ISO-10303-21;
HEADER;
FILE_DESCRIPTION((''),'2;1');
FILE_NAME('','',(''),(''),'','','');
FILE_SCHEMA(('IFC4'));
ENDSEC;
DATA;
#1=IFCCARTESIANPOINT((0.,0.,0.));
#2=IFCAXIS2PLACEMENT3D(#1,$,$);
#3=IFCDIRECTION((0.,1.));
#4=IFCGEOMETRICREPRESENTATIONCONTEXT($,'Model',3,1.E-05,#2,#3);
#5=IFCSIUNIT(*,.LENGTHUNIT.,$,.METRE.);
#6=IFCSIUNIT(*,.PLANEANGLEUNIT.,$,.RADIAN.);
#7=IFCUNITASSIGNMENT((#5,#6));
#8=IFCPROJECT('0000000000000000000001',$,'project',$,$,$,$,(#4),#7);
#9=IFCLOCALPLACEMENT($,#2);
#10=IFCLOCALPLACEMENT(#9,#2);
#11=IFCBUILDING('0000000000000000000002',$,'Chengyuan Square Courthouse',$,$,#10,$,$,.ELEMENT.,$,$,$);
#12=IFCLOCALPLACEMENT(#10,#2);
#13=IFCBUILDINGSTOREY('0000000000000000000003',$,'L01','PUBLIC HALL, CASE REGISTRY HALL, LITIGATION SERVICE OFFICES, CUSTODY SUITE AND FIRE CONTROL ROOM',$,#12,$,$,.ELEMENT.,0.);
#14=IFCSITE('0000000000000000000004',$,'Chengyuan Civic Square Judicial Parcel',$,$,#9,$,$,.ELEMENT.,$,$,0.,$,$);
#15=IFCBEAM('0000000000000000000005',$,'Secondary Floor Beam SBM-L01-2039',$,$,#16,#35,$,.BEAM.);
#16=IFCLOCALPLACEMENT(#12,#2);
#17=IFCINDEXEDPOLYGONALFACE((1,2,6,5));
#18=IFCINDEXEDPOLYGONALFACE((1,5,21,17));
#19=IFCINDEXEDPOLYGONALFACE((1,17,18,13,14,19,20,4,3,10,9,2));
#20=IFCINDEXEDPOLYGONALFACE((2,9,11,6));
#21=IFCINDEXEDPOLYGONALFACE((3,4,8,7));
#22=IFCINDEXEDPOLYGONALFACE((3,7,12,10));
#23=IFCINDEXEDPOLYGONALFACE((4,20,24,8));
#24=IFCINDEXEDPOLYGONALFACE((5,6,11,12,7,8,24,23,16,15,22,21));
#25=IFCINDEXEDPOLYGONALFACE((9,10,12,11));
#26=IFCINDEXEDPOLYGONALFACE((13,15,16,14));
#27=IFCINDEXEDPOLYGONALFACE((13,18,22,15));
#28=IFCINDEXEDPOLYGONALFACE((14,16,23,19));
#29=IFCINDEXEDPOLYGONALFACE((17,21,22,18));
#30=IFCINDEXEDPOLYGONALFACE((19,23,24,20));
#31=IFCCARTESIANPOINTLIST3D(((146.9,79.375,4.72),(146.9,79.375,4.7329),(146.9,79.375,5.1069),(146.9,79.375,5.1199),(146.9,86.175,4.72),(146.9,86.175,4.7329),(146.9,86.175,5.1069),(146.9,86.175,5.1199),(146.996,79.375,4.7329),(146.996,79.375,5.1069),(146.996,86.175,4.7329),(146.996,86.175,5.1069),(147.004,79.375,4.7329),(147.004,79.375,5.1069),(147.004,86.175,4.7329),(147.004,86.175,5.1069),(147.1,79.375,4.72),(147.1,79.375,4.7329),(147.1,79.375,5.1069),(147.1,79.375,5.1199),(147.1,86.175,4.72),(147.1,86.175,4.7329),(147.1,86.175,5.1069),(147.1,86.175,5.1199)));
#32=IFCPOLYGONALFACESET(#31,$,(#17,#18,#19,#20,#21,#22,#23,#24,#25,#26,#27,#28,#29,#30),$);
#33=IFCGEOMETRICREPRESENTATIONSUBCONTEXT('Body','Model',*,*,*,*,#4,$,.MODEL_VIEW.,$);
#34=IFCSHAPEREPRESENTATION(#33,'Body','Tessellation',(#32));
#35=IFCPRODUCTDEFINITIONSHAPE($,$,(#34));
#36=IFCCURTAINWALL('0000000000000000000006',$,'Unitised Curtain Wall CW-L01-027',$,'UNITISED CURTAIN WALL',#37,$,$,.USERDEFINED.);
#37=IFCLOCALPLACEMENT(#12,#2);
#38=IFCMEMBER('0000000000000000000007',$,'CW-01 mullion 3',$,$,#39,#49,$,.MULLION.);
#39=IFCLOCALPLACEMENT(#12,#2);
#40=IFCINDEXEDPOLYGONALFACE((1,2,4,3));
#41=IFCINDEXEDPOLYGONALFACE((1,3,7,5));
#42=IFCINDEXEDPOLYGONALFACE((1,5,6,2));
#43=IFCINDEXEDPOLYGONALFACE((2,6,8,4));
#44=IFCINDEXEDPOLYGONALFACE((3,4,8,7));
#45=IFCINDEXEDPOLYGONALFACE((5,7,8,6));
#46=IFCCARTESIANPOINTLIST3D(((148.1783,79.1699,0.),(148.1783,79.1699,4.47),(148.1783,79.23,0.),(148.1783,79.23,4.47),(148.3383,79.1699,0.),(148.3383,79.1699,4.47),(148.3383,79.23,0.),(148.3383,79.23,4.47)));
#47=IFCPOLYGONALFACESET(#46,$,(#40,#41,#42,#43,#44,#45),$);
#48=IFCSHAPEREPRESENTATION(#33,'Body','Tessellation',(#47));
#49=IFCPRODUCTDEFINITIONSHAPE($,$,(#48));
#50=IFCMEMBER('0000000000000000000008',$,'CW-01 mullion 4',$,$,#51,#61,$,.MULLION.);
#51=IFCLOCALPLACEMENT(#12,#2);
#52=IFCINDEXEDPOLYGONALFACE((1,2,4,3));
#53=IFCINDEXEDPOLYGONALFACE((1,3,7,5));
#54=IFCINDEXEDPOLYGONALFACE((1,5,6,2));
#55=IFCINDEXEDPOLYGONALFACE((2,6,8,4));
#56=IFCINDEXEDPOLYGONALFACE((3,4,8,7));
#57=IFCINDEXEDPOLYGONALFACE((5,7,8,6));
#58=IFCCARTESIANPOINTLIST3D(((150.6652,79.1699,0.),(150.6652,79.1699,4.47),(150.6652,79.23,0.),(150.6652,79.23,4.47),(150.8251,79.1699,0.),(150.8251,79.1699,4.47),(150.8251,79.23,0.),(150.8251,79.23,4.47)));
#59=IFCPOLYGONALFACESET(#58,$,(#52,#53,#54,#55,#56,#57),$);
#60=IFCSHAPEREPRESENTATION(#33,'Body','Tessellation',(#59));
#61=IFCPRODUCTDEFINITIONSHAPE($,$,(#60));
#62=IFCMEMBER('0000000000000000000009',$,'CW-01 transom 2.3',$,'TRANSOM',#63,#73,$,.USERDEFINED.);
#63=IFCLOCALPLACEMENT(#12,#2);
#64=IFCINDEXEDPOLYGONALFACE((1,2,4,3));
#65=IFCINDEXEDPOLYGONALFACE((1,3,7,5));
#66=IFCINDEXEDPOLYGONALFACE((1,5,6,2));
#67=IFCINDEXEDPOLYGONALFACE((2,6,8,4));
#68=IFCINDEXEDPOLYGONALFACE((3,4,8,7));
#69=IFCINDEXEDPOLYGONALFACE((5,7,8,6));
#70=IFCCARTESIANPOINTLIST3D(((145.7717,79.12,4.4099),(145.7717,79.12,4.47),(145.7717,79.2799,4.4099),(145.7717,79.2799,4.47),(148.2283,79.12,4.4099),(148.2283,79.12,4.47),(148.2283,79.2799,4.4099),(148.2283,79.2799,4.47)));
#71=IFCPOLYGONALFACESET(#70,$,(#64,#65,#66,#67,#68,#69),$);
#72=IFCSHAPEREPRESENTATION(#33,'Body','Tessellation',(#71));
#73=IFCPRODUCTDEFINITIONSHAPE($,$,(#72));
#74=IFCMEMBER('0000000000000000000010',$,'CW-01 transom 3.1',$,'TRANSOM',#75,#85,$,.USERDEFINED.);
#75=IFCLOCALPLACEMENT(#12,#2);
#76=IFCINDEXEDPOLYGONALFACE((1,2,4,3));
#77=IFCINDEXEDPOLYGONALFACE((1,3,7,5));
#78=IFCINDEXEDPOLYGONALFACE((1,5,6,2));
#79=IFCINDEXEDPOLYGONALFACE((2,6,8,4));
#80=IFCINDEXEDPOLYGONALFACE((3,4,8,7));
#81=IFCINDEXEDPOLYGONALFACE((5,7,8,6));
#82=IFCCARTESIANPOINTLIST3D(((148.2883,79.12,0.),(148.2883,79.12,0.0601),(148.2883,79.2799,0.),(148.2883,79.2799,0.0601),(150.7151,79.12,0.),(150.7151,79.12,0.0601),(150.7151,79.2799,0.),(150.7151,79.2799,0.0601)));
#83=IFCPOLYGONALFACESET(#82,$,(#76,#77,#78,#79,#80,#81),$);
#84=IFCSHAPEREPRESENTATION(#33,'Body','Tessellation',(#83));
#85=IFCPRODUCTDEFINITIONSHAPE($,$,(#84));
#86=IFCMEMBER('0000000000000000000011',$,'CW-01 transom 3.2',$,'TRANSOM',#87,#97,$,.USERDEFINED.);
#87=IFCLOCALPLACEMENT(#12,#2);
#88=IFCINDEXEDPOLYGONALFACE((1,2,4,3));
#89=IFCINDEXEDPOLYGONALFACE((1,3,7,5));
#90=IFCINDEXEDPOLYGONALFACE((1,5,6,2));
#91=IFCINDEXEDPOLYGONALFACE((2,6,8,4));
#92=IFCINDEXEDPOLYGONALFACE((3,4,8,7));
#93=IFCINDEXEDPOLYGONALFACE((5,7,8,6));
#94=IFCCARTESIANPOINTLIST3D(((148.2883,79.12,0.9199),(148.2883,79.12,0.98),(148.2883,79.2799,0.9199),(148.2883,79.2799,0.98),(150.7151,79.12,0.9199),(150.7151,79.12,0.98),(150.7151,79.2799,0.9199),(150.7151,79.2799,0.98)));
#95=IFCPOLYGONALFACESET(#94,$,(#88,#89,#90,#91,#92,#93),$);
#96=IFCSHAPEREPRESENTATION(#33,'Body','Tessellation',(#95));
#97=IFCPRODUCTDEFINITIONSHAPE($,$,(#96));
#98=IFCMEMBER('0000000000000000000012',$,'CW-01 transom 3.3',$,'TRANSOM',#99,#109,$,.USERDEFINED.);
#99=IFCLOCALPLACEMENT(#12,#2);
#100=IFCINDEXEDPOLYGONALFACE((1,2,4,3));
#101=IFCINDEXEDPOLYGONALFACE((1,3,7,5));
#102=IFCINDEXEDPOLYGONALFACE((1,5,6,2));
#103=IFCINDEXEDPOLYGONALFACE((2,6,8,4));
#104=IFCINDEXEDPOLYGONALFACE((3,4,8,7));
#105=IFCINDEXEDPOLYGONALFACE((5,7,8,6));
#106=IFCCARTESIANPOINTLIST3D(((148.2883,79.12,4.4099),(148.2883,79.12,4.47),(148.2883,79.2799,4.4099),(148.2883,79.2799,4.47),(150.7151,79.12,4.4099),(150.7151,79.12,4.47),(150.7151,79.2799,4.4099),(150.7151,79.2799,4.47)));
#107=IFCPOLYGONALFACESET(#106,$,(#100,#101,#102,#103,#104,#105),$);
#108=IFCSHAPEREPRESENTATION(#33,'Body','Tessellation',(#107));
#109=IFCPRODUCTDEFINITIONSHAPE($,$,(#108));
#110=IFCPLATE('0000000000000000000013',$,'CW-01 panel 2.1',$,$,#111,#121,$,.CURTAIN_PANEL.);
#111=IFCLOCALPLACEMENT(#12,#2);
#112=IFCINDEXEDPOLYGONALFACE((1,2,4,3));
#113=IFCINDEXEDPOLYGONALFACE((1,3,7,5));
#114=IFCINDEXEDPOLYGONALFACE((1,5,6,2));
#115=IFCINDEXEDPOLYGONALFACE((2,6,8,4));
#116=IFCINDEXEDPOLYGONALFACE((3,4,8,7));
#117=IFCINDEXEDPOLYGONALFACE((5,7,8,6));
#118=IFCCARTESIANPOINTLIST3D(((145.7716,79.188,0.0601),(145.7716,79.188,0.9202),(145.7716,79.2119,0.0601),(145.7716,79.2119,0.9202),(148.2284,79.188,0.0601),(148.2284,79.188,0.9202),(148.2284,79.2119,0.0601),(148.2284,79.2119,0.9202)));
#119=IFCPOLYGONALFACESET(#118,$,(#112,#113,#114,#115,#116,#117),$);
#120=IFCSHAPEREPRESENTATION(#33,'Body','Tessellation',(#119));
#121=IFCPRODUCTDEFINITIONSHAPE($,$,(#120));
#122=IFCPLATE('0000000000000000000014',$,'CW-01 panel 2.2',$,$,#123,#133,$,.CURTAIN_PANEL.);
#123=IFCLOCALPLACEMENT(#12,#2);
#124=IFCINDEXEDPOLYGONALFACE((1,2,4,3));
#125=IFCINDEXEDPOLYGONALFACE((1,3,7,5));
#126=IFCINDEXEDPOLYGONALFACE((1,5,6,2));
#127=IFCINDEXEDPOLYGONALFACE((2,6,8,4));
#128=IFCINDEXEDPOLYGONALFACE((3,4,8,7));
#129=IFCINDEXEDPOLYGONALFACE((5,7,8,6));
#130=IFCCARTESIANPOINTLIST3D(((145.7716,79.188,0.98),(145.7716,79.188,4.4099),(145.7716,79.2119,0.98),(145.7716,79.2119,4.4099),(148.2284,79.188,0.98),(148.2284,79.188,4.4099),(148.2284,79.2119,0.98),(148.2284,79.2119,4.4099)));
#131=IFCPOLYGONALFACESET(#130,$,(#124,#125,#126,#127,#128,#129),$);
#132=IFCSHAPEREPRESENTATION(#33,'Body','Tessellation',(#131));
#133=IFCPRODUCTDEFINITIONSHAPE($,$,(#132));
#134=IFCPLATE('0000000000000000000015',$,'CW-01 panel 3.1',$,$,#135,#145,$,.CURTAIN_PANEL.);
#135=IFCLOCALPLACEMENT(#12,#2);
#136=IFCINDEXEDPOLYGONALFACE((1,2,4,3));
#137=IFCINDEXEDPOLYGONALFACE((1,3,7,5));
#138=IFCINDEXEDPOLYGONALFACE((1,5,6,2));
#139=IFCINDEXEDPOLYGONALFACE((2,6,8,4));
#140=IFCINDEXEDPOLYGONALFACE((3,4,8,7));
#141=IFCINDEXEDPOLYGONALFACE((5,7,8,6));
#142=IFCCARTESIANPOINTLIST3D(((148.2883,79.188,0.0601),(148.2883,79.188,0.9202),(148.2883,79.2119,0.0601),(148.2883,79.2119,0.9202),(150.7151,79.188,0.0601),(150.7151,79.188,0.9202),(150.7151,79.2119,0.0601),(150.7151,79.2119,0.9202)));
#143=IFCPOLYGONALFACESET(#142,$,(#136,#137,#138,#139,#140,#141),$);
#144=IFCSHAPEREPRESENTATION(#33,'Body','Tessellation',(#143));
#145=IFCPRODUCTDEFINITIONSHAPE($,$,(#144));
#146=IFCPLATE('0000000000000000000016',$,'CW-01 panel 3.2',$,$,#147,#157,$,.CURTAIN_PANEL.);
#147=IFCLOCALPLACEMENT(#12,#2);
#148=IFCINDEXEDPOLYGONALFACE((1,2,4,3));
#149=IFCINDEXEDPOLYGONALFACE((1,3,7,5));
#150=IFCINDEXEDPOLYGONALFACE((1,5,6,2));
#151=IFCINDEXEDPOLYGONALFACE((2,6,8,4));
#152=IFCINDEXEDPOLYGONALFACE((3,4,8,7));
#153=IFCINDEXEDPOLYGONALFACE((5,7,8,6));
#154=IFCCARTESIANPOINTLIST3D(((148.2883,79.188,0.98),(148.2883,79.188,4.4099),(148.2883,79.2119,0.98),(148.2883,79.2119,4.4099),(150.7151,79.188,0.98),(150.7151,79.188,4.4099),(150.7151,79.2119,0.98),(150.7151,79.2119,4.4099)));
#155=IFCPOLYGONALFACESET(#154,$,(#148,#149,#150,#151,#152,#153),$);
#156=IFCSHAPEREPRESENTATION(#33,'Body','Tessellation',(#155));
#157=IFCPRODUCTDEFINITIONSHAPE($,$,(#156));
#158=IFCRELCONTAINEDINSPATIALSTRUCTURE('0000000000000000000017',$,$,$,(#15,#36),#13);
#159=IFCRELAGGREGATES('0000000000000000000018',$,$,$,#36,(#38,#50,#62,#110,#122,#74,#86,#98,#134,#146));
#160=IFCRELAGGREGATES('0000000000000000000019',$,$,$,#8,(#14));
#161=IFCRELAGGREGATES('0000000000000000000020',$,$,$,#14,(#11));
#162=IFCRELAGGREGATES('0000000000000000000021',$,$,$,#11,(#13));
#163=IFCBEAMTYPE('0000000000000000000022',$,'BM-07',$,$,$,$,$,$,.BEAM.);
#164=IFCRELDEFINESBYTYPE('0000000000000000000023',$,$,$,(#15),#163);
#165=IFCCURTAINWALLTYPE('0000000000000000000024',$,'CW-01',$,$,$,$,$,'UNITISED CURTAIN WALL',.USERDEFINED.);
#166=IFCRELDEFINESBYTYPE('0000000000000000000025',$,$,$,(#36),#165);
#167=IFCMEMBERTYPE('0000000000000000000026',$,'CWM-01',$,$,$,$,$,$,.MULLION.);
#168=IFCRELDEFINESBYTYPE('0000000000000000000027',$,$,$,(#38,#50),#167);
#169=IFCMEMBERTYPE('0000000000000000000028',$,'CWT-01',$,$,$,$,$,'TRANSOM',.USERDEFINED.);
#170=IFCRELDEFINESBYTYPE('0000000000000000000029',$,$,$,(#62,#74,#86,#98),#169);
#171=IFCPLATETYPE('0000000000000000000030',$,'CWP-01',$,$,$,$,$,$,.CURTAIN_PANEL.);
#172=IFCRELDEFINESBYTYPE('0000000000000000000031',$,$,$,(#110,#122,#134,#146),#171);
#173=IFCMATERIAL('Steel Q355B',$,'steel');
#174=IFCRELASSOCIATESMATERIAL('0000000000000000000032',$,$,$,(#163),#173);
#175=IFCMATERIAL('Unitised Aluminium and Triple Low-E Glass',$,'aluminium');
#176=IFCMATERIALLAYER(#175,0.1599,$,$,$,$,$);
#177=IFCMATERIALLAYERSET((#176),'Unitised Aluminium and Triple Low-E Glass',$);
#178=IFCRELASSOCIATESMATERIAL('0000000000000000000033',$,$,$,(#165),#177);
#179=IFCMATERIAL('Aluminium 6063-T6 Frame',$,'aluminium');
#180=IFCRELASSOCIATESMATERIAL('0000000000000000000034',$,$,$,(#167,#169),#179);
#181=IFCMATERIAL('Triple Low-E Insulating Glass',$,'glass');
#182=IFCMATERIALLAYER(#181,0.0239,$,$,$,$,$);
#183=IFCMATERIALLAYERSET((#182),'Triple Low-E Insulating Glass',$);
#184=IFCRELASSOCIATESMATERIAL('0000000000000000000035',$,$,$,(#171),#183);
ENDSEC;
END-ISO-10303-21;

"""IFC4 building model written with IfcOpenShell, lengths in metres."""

from ifc_helpers import new_model, si_unit, direction, frame, origin, origin_2d, place, context, subcontext, project, spatial, rectangle, i_section, extrude, material, layer, layer_set, material_profile, profile_set, type_object, element, aggregate, save


model = new_model("IFC4")

# Units and contexts
model_context = context("Model", 3, precision=1e-05, world=origin(), true_north=direction((0.0, 1.0)))
body_context = subcontext(model_context, "Body", "Model", "MODEL_VIEW")
ifc_project = project(units=[si_unit("LENGTHUNIT", "METRE"), si_unit("PLANEANGLEUNIT", "RADIAN")], contexts=[model_context])

# Site, building, storey
site_placement = place(None, origin())
site = spatial("IfcSite", under=ifc_project, at=site_placement, Name="Chengyuan Civic Square Judicial Parcel", CompositionType="ELEMENT", RefElevation=0.0)
building_placement = place(site_placement, origin())
building = spatial("IfcBuilding", under=site, at=building_placement, Name="Chengyuan Square Courthouse", CompositionType="ELEMENT")
storey_placement = place(building_placement, origin())
storey = spatial("IfcBuildingStorey", under=building, at=storey_placement, Name="L01", Description="PUBLIC HALL, CASE REGISTRY HALL, LITIGATION SERVICE OFFICES, CUSTODY SUITE AND FIRE CONTROL ROOM", CompositionType="ELEMENT", Elevation=0.0)

# Beam
ifc_material_1 = material(Name="Steel Q355B", Category="steel")
ifc_material_profile_1 = material_profile(ifc_material_1, i_section(OverallWidth=0.2, OverallDepth=0.3999, WebThickness=0.0081, FlangeThickness=0.0129, at=origin_2d()), Name="HN 400x200x8x13")
ifc_profile_set_1 = profile_set([ifc_material_profile_1], Name="Steel Q355B")
beam_type = type_object("IfcBeamType", Name="BM-07", PredefinedType="BEAM", material=ifc_profile_set_1)
beam_placement = place(storey_placement, frame((147.0, 79.375, 4.9199), z_axis=(0.0, 1.0, 0.0), x_axis=(-1.0, 0.0, 0.0)))
element("IfcBeam", 1, at=beam_placement, inside=storey, type_object=beam_type, Name="Secondary Floor Beam SBM-L01-2039", PredefinedType="BEAM", context=body_context, shape_type="SweptSolid", body=[
    extrude(i_section(OverallWidth=0.2, OverallDepth=0.3999, WebThickness=0.0081, FlangeThickness=0.0129, at=origin_2d()), origin(), (0.0, 0.0, 1.0), 6.8),
])

# Curtain wall, members, plates
ifc_material_2 = material(Name="Unitised Aluminium and Triple Low-E Glass", Category="aluminium")
ifc_layer_1 = layer(ifc_material_2, 0.1599)
ifc_layer_set_1 = layer_set([ifc_layer_1], Name="Unitised Aluminium and Triple Low-E Glass")
curtain_wall_type = type_object("IfcCurtainWallType", Name="CW-01", ElementType="UNITISED CURTAIN WALL", PredefinedType="USERDEFINED", material=ifc_layer_set_1)
curtain_wall_placement = place(storey_placement, origin())
curtain_wall = element("IfcCurtainWall", 2, at=curtain_wall_placement, inside=storey, type_object=curtain_wall_type, Name="Unitised Curtain Wall CW-L01-027", ObjectType="UNITISED CURTAIN WALL", PredefinedType="USERDEFINED")
ifc_material_3 = material(Name="Aluminium 6063-T6 Frame", Category="aluminium")
ifc_material_profile_2 = material_profile(ifc_material_3, rectangle(XDim=0.0601, YDim=0.1599, at=origin_2d()), Name="CW-MUL-60x160")
ifc_profile_set_2 = profile_set([ifc_material_profile_2], Name="Aluminium 6063-T6 Frame")
member_type_1 = type_object("IfcMemberType", Name="CWM-01", PredefinedType="MULLION", material=ifc_profile_set_2)
member_1_placement = place(storey_placement, frame((148.2583, 79.2, 0.0), z_axis=(0.0, 0.0, 1.0), x_axis=(0.0, 1.0, 0.0)))
member_1 = element("IfcMember", 3, at=member_1_placement, type_object=member_type_1, Name="CW-01 mullion 3", PredefinedType="MULLION", context=body_context, shape_type="SweptSolid", body=[
    extrude(rectangle(XDim=0.0601, YDim=0.1599, at=origin_2d()), origin(), (0.0, 0.0, 1.0), 4.47),
])
member_2_placement = place(storey_placement, frame((150.7451, 79.2, 0.0), z_axis=(0.0, 0.0, 1.0), x_axis=(0.0, 1.0, 0.0)))
member_2 = element("IfcMember", 4, at=member_2_placement, type_object=member_type_1, Name="CW-01 mullion 4", PredefinedType="MULLION", context=body_context, shape_type="SweptSolid", body=[
    extrude(rectangle(XDim=0.0601, YDim=0.1599, at=origin_2d()), origin(), (0.0, 0.0, 1.0), 4.47),
])
ifc_material_profile_3 = material_profile(ifc_material_3, rectangle(XDim=0.1599, YDim=0.0601, at=origin_2d()), Name="CW-TRN-60x120")
ifc_profile_set_3 = profile_set([ifc_material_profile_3], Name="Aluminium 6063-T6 Frame")
member_type_2 = type_object("IfcMemberType", Name="CWT-01", ElementType="TRANSOM", PredefinedType="USERDEFINED", material=ifc_profile_set_3)
member_3_placement = place(storey_placement, frame((145.7717, 79.2, 4.4399), z_axis=(1.0, 0.0, 0.0), x_axis=(0.0, 1.0, 0.0)))
member_3 = element("IfcMember", 5, at=member_3_placement, type_object=member_type_2, Name="CW-01 transom 2.3", ObjectType="TRANSOM", PredefinedType="USERDEFINED", context=body_context, shape_type="SweptSolid", body=[
    extrude(rectangle(XDim=0.1599, YDim=0.0601, at=origin_2d()), origin(), (0.0, 0.0, 1.0), 2.4565),
])
member_4_placement = place(storey_placement, frame((148.2883, 79.2, 0.03), z_axis=(1.0, 0.0, 0.0), x_axis=(0.0, 1.0, 0.0)))
member_4 = element("IfcMember", 6, at=member_4_placement, type_object=member_type_2, Name="CW-01 transom 3.1", ObjectType="TRANSOM", PredefinedType="USERDEFINED", context=body_context, shape_type="SweptSolid", body=[
    extrude(rectangle(XDim=0.1599, YDim=0.0601, at=origin_2d()), origin(), (0.0, 0.0, 1.0), 2.4268),
])
member_5_placement = place(storey_placement, frame((148.2883, 79.2, 0.95), z_axis=(1.0, 0.0, 0.0), x_axis=(0.0, 1.0, 0.0)))
member_5 = element("IfcMember", 7, at=member_5_placement, type_object=member_type_2, Name="CW-01 transom 3.2", ObjectType="TRANSOM", PredefinedType="USERDEFINED", context=body_context, shape_type="SweptSolid", body=[
    extrude(rectangle(XDim=0.1599, YDim=0.0601, at=origin_2d()), origin(), (0.0, 0.0, 1.0), 2.4268),
])
member_6_placement = place(storey_placement, frame((148.2883, 79.2, 4.4399), z_axis=(1.0, 0.0, 0.0), x_axis=(0.0, 1.0, 0.0)))
member_6 = element("IfcMember", 8, at=member_6_placement, type_object=member_type_2, Name="CW-01 transom 3.3", ObjectType="TRANSOM", PredefinedType="USERDEFINED", context=body_context, shape_type="SweptSolid", body=[
    extrude(rectangle(XDim=0.1599, YDim=0.0601, at=origin_2d()), origin(), (0.0, 0.0, 1.0), 2.4268),
])
ifc_material_4 = material(Name="Triple Low-E Insulating Glass", Category="glass")
ifc_layer_2 = layer(ifc_material_4, 0.0239)
ifc_layer_set_2 = layer_set([ifc_layer_2], Name="Triple Low-E Insulating Glass")
plate_type = type_object("IfcPlateType", Name="CWP-01", PredefinedType="CURTAIN_PANEL", material=ifc_layer_set_2)
plate_1_placement = place(storey_placement, frame((147.0, 79.2, 0.0601), z_axis=(0.0, 0.0, 1.0), x_axis=(1.0, 0.0, 0.0)))
plate_1 = element("IfcPlate", 9, at=plate_1_placement, type_object=plate_type, Name="CW-01 panel 2.1", PredefinedType="CURTAIN_PANEL", context=body_context, shape_type="SweptSolid", body=[
    extrude(rectangle(XDim=2.4568, YDim=0.0239, at=origin_2d()), origin(), (0.0, 0.0, 1.0), 0.8601),
])
plate_2_placement = place(storey_placement, frame((147.0, 79.2, 0.98), z_axis=(0.0, 0.0, 1.0), x_axis=(1.0, 0.0, 0.0)))
plate_2 = element("IfcPlate", 10, at=plate_2_placement, type_object=plate_type, Name="CW-01 panel 2.2", PredefinedType="CURTAIN_PANEL", context=body_context, shape_type="SweptSolid", body=[
    extrude(rectangle(XDim=2.4568, YDim=0.0239, at=origin_2d()), origin(), (0.0, 0.0, 1.0), 3.4299),
])
plate_3_placement = place(storey_placement, frame((149.5017, 79.2, 0.0601), z_axis=(0.0, 0.0, 1.0), x_axis=(1.0, 0.0, 0.0)))
plate_3 = element("IfcPlate", 11, at=plate_3_placement, type_object=plate_type, Name="CW-01 panel 3.1", PredefinedType="CURTAIN_PANEL", context=body_context, shape_type="SweptSolid", body=[
    extrude(rectangle(XDim=2.4268, YDim=0.0239, at=origin_2d()), origin(), (0.0, 0.0, 1.0), 0.8601),
])
plate_4_placement = place(storey_placement, frame((149.5017, 79.2, 0.98), z_axis=(0.0, 0.0, 1.0), x_axis=(1.0, 0.0, 0.0)))
plate_4 = element("IfcPlate", 12, at=plate_4_placement, type_object=plate_type, Name="CW-01 panel 3.2", PredefinedType="CURTAIN_PANEL", context=body_context, shape_type="SweptSolid", body=[
    extrude(rectangle(XDim=2.4268, YDim=0.0239, at=origin_2d()), origin(), (0.0, 0.0, 1.0), 3.4299),
])
aggregate(curtain_wall, [member_1, member_2, member_3, plate_1, plate_2, member_4, member_5, member_6, plate_3, plate_4])

save(model, "model.ifc")
